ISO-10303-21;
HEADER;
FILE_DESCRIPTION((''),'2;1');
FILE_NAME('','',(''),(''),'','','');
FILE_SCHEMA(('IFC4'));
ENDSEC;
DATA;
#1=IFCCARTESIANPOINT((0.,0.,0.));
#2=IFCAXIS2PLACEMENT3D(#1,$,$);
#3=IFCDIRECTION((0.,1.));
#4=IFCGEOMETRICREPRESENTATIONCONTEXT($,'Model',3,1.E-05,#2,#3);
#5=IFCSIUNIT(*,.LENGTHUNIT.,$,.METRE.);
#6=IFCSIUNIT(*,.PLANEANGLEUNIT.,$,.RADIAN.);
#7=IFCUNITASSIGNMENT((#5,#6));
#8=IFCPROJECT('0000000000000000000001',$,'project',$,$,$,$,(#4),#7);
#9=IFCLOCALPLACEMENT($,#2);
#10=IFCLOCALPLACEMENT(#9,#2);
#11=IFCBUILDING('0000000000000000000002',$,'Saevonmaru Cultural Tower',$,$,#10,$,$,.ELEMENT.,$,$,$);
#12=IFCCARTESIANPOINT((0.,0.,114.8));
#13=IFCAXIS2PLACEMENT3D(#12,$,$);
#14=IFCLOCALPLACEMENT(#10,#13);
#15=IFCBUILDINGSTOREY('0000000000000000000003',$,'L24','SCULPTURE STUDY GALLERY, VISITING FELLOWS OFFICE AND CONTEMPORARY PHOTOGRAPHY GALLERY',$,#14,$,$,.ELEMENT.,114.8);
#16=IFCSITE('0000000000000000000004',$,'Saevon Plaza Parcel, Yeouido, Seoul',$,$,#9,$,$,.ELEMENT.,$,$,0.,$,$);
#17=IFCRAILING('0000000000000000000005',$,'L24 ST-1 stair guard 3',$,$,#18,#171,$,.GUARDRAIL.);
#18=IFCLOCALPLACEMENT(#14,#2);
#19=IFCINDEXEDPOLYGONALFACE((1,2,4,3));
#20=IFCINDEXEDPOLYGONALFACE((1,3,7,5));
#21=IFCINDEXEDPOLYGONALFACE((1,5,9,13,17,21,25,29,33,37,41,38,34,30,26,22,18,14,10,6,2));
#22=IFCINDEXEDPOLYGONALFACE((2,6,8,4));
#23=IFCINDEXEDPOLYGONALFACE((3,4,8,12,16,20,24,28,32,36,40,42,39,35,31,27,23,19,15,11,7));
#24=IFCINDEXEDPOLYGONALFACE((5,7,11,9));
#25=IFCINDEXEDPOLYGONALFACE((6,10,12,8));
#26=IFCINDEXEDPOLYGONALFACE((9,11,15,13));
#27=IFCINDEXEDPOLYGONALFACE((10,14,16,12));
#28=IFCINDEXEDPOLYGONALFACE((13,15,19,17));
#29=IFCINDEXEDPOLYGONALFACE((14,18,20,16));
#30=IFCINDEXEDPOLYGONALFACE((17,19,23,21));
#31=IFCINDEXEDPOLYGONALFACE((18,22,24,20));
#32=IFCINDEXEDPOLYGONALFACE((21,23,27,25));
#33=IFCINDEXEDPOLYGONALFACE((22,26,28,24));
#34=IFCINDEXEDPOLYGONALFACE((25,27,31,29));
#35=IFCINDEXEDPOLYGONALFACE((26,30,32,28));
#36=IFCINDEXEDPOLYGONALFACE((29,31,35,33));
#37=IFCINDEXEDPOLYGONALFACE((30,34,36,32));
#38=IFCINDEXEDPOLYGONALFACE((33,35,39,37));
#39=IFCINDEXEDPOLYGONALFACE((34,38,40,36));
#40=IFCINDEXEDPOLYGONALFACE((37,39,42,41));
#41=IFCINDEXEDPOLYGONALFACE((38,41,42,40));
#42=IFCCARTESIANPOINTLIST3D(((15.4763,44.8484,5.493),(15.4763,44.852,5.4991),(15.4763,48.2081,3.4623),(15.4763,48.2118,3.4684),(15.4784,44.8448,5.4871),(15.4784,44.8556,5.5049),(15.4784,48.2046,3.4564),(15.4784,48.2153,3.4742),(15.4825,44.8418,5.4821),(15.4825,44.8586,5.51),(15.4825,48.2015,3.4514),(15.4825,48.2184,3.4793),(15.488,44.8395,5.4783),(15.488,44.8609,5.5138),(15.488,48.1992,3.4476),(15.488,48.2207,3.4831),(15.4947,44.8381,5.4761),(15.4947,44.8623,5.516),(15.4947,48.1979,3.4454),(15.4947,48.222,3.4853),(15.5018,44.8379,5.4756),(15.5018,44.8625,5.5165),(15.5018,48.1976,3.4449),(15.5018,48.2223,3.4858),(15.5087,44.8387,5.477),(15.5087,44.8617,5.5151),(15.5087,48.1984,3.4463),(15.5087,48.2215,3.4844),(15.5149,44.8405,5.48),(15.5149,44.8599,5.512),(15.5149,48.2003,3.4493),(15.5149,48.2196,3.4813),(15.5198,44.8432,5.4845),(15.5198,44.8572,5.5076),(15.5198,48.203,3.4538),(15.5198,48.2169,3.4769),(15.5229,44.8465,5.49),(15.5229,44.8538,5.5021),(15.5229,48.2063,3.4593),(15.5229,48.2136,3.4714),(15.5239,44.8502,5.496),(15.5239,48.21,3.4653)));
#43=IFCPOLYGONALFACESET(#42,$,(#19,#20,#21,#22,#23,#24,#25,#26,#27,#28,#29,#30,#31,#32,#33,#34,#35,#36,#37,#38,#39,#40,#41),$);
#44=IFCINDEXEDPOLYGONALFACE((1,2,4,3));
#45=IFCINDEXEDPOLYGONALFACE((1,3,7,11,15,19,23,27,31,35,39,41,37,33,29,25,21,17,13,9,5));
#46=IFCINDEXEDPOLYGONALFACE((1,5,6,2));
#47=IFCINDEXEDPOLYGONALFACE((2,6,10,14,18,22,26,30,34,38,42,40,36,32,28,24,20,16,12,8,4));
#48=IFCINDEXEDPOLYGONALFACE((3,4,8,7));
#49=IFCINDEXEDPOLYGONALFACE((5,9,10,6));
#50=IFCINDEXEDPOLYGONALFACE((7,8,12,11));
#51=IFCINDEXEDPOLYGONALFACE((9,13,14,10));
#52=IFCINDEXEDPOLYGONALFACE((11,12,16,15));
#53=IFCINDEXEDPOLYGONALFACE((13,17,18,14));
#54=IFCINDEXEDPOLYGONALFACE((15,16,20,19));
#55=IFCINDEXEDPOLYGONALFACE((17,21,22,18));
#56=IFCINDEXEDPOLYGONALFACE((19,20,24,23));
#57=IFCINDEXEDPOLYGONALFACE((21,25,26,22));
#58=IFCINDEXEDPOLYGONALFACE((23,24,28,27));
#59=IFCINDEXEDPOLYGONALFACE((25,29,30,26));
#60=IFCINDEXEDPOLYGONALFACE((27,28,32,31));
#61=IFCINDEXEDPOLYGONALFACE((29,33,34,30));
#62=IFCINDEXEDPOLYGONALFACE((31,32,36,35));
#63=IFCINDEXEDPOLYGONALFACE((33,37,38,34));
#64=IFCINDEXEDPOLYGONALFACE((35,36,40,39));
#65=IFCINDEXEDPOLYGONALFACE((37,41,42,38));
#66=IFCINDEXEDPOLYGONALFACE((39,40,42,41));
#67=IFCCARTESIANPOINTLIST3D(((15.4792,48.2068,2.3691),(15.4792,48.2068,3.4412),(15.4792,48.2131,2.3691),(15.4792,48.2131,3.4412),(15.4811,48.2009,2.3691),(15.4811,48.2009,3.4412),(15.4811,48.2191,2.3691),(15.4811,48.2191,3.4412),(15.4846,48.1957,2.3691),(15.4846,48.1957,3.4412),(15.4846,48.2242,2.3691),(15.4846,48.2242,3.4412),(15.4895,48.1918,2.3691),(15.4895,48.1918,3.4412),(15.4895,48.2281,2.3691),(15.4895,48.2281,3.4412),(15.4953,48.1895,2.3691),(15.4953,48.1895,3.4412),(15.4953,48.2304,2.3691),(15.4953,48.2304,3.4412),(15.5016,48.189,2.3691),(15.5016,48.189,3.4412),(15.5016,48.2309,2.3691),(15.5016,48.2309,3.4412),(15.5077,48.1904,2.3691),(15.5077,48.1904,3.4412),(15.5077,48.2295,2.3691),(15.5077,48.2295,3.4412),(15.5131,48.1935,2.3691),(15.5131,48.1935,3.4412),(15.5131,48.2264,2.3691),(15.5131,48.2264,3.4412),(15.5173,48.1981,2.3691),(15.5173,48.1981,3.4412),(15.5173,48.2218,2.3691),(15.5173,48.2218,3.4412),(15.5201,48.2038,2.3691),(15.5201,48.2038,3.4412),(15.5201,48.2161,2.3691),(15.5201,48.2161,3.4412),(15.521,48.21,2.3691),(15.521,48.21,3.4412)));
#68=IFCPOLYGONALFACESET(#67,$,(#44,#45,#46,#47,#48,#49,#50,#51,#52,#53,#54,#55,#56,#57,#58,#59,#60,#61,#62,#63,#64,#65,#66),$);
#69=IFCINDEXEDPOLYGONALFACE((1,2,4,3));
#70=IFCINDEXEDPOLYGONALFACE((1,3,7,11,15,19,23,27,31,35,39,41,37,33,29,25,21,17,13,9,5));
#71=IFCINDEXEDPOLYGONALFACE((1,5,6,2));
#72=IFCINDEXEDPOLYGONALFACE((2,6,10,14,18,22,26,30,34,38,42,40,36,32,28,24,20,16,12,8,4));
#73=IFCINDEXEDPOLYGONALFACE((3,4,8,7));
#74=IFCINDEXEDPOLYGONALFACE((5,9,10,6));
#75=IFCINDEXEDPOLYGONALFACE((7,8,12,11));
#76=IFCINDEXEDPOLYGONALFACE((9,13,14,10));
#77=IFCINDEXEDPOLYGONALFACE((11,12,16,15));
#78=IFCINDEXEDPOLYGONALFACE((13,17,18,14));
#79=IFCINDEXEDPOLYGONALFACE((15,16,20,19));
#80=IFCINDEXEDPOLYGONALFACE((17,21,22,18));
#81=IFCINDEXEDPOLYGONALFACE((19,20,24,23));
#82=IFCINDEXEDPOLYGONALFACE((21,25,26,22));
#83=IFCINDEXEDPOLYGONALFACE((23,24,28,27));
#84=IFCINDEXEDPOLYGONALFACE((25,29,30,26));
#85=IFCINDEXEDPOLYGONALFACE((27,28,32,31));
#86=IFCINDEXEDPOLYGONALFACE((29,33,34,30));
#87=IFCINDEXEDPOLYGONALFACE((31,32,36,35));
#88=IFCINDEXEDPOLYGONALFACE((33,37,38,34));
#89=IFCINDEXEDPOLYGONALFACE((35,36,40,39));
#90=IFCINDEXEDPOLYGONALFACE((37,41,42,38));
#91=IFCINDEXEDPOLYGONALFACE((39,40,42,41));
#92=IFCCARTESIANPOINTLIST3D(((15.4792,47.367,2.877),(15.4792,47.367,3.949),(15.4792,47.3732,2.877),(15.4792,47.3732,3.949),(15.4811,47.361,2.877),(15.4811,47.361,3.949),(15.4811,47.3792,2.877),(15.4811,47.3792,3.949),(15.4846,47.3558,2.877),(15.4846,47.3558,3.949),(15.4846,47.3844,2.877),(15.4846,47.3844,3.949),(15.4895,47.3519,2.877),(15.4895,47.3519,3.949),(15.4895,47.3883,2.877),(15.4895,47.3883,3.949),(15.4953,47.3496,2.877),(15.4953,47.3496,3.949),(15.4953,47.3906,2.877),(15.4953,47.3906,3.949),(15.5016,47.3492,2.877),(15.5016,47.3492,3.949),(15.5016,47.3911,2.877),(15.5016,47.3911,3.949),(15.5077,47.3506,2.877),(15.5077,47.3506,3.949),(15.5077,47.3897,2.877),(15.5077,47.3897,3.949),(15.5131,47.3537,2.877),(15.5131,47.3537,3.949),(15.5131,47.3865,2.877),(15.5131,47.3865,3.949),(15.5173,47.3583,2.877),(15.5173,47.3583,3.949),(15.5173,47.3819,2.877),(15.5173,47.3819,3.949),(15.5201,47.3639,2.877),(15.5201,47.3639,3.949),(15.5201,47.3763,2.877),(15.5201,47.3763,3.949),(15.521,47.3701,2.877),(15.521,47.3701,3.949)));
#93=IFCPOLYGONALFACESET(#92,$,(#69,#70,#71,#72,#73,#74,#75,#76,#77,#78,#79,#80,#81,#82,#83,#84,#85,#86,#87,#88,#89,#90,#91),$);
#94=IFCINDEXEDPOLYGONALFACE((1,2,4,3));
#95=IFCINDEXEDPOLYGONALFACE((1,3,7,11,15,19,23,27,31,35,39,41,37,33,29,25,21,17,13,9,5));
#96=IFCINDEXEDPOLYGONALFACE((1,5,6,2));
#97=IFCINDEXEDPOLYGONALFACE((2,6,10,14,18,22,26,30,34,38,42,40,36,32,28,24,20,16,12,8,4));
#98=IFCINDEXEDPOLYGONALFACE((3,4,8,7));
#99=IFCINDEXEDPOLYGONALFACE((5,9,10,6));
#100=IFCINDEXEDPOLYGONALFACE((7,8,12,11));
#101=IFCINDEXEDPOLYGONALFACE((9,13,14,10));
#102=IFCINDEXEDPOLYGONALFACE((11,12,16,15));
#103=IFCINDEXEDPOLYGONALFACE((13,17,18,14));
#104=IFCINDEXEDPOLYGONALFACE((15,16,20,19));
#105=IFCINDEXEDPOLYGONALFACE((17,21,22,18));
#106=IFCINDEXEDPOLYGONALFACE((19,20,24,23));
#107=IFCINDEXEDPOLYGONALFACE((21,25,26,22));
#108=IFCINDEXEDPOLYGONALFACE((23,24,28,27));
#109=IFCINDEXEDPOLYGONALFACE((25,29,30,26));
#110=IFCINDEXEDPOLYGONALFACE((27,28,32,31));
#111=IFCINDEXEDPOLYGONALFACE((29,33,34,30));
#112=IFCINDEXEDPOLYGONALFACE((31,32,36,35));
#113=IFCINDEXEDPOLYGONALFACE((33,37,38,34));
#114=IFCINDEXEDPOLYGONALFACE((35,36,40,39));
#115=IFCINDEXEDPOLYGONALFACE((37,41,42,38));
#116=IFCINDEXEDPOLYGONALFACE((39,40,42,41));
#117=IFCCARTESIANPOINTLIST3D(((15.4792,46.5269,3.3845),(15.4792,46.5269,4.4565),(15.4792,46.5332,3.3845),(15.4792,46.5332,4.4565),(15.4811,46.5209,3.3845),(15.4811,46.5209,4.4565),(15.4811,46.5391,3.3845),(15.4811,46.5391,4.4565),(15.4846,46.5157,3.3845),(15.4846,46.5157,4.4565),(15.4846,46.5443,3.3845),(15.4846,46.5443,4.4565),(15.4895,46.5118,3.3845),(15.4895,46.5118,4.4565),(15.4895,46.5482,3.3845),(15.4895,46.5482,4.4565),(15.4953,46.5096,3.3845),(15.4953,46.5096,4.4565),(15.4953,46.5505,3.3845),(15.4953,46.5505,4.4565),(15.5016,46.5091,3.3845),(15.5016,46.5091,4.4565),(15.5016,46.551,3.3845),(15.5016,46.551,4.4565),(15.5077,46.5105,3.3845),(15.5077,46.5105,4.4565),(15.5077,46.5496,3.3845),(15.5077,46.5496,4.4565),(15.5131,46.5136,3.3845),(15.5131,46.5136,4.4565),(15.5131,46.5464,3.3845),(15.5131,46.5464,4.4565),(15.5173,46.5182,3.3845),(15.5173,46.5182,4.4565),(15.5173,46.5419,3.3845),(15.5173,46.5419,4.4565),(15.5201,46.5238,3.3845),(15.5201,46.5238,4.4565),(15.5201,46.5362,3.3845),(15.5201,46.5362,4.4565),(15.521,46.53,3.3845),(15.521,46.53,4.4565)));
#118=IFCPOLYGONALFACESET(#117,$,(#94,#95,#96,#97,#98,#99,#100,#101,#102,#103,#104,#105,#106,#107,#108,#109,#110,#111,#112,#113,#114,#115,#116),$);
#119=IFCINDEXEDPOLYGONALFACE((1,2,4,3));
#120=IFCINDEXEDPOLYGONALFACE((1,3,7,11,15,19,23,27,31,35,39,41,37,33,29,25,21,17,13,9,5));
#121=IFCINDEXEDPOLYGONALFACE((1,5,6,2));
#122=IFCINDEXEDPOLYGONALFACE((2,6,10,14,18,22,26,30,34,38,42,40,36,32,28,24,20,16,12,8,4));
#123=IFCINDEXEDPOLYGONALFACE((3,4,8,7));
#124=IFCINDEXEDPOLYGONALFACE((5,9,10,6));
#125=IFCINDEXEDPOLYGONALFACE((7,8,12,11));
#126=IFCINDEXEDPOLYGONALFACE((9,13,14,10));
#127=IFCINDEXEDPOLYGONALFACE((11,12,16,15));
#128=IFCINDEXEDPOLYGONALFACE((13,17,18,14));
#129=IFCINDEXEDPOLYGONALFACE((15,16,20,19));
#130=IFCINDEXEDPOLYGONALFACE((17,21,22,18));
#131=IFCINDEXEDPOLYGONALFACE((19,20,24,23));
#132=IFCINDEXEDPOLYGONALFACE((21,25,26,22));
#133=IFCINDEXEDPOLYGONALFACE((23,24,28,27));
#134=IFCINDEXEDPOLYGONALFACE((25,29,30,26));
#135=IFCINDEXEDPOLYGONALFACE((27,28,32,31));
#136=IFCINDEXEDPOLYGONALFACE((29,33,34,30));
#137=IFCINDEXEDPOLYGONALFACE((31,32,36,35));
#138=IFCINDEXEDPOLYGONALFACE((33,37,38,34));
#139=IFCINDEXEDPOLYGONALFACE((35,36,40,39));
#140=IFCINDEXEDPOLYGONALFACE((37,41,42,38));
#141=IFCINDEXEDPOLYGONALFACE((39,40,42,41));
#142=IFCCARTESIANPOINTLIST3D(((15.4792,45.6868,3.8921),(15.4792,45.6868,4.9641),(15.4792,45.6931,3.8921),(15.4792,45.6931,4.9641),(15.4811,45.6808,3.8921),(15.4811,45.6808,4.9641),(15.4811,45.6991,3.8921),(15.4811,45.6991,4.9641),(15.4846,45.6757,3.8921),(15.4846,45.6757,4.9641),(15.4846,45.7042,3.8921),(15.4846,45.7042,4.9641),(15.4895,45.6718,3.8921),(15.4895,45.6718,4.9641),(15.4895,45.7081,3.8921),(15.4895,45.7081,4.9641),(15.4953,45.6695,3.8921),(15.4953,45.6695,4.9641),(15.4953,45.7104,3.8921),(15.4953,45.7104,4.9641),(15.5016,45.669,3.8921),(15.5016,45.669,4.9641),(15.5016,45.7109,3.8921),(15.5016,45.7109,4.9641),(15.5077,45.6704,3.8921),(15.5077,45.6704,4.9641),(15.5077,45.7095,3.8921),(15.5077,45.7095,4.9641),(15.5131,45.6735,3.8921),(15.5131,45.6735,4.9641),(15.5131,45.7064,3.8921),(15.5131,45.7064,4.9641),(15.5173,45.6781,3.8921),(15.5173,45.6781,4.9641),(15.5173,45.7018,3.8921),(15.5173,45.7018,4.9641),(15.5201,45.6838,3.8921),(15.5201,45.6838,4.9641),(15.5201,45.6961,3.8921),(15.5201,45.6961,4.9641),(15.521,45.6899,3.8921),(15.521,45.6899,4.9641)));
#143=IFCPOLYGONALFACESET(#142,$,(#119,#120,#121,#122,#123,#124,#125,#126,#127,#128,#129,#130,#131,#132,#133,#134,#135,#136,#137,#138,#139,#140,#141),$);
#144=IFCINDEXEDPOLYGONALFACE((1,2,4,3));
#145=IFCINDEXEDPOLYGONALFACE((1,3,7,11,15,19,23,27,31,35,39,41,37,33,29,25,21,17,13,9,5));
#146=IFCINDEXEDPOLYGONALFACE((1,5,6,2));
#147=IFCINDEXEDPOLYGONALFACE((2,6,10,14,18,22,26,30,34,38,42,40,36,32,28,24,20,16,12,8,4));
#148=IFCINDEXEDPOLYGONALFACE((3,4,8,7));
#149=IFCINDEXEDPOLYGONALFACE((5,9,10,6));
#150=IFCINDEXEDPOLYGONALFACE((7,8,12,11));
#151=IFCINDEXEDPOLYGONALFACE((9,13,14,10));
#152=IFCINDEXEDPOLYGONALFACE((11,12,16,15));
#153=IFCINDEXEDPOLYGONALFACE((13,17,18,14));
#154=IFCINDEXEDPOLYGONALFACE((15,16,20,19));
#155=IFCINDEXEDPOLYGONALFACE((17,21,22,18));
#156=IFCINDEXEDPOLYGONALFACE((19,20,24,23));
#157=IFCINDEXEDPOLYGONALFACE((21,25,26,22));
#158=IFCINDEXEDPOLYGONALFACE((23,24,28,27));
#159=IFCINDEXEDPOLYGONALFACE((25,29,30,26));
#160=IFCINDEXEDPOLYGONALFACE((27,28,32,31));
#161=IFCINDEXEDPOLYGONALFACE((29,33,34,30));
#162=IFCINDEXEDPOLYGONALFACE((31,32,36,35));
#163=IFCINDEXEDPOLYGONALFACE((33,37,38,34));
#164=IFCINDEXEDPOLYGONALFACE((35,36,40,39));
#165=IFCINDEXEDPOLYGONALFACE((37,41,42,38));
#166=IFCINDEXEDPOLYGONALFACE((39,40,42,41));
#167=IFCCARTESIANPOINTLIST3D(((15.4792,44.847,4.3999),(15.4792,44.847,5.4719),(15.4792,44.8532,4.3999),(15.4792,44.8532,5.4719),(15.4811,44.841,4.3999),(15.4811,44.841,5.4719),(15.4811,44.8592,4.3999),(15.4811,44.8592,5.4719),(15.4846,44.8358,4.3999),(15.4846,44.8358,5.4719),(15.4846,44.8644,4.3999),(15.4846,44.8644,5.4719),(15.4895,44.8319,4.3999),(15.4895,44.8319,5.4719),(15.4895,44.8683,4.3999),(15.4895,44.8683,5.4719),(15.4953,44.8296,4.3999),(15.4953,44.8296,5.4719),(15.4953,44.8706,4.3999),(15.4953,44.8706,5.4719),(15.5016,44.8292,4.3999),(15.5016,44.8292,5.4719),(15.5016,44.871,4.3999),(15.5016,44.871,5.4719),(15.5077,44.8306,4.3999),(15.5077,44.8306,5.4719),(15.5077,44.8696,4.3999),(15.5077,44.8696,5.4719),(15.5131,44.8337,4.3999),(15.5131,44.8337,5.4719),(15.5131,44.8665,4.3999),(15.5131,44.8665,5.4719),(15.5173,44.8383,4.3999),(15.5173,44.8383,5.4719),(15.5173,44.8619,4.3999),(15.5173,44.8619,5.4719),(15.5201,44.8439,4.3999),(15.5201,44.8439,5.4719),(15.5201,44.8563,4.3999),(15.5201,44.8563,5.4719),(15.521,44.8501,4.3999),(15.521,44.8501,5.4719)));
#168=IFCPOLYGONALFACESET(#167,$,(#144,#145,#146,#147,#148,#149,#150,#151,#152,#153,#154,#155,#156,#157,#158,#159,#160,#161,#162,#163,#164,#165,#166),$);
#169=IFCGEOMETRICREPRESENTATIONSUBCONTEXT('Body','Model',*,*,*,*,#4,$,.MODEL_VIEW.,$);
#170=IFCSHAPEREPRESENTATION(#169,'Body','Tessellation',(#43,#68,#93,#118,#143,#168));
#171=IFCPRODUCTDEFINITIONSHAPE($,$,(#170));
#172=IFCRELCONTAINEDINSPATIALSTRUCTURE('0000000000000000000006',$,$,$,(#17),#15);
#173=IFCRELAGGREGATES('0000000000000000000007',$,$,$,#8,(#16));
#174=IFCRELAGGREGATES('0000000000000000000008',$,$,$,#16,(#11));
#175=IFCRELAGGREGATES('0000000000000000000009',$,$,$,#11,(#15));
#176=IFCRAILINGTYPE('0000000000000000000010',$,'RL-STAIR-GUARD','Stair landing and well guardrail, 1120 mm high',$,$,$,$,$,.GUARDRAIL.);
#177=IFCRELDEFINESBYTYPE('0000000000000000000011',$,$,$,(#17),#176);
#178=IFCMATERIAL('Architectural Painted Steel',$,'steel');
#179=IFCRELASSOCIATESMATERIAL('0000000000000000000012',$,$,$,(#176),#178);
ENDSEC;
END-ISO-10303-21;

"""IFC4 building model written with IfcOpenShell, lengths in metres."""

from ifc_helpers import new_model, si_unit, direction, frame, origin, origin_2d, place, context, subcontext, project, spatial, circle, extrude, material, type_object, element, save


model = new_model("IFC4")

# Units and contexts
model_context = context("Model", 3, precision=1e-05, world=origin(), true_north=direction((0.0, 1.0)))
body_context = subcontext(model_context, "Body", "Model", "MODEL_VIEW")
ifc_project = project(units=[si_unit("LENGTHUNIT", "METRE"), si_unit("PLANEANGLEUNIT", "RADIAN")], contexts=[model_context])

# Site, building, storey
site_placement = place(None, origin())
site = spatial("IfcSite", under=ifc_project, at=site_placement, Name="Saevon Plaza Parcel, Yeouido, Seoul", CompositionType="ELEMENT", RefElevation=0.0)
building_placement = place(site_placement, origin())
building = spatial("IfcBuilding", under=site, at=building_placement, Name="Saevonmaru Cultural Tower", CompositionType="ELEMENT")
storey_placement = place(building_placement, frame((0.0, 0.0, 114.8)))
storey = spatial("IfcBuildingStorey", under=building, at=storey_placement, Name="L24", Description="SCULPTURE STUDY GALLERY, VISITING FELLOWS OFFICE AND CONTEMPORARY PHOTOGRAPHY GALLERY", CompositionType="ELEMENT", Elevation=114.8)

# Railing
ifc_material_1 = material(Name="Architectural Painted Steel", Category="steel")
railing_type_1 = type_object("IfcRailingType", Name="RL-STAIR-GUARD", Description="Stair landing and well guardrail, 1120 mm high", PredefinedType="GUARDRAIL", material=ifc_material_1)
railing_1_placement = place(storey_placement, frame((15.5, 48.21, 2.3691)))
element("IfcRailing", 1, at=railing_1_placement, inside=storey, type_object=railing_type_1, Name="L24 ST-1 stair guard 3", PredefinedType="GUARDRAIL", context=body_context, shape_type="SweptSolid", body=[
    extrude(circle(Radius=0.0239, at=origin_2d()), frame((0.0, 0.0, 1.0962), z_axis=(0.0, -0.85582, 0.517273), x_axis=(1.0, 0.0, 0.0)), (0.0, 0.0, 1.0), 3.9258),
    extrude(circle(Radius=0.021, at=origin_2d()), origin(), (0.0, 0.0, 1.0), 1.072),
    extrude(circle(Radius=0.021, at=origin_2d()), frame((0.0, -0.8398, 0.5078)), (0.0, 0.0, 1.0), 1.072),
    extrude(circle(Radius=0.021, at=origin_2d()), frame((0.0, -1.6799, 1.0154)), (0.0, 0.0, 1.0), 1.072),
    extrude(circle(Radius=0.021, at=origin_2d()), frame((0.0, -2.52, 1.5229)), (0.0, 0.0, 1.0), 1.072),
    extrude(circle(Radius=0.021, at=origin_2d()), frame((0.0, -3.3599, 2.0308)), (0.0, 0.0, 1.0), 1.072),
])

save(model, "model.ifc")
